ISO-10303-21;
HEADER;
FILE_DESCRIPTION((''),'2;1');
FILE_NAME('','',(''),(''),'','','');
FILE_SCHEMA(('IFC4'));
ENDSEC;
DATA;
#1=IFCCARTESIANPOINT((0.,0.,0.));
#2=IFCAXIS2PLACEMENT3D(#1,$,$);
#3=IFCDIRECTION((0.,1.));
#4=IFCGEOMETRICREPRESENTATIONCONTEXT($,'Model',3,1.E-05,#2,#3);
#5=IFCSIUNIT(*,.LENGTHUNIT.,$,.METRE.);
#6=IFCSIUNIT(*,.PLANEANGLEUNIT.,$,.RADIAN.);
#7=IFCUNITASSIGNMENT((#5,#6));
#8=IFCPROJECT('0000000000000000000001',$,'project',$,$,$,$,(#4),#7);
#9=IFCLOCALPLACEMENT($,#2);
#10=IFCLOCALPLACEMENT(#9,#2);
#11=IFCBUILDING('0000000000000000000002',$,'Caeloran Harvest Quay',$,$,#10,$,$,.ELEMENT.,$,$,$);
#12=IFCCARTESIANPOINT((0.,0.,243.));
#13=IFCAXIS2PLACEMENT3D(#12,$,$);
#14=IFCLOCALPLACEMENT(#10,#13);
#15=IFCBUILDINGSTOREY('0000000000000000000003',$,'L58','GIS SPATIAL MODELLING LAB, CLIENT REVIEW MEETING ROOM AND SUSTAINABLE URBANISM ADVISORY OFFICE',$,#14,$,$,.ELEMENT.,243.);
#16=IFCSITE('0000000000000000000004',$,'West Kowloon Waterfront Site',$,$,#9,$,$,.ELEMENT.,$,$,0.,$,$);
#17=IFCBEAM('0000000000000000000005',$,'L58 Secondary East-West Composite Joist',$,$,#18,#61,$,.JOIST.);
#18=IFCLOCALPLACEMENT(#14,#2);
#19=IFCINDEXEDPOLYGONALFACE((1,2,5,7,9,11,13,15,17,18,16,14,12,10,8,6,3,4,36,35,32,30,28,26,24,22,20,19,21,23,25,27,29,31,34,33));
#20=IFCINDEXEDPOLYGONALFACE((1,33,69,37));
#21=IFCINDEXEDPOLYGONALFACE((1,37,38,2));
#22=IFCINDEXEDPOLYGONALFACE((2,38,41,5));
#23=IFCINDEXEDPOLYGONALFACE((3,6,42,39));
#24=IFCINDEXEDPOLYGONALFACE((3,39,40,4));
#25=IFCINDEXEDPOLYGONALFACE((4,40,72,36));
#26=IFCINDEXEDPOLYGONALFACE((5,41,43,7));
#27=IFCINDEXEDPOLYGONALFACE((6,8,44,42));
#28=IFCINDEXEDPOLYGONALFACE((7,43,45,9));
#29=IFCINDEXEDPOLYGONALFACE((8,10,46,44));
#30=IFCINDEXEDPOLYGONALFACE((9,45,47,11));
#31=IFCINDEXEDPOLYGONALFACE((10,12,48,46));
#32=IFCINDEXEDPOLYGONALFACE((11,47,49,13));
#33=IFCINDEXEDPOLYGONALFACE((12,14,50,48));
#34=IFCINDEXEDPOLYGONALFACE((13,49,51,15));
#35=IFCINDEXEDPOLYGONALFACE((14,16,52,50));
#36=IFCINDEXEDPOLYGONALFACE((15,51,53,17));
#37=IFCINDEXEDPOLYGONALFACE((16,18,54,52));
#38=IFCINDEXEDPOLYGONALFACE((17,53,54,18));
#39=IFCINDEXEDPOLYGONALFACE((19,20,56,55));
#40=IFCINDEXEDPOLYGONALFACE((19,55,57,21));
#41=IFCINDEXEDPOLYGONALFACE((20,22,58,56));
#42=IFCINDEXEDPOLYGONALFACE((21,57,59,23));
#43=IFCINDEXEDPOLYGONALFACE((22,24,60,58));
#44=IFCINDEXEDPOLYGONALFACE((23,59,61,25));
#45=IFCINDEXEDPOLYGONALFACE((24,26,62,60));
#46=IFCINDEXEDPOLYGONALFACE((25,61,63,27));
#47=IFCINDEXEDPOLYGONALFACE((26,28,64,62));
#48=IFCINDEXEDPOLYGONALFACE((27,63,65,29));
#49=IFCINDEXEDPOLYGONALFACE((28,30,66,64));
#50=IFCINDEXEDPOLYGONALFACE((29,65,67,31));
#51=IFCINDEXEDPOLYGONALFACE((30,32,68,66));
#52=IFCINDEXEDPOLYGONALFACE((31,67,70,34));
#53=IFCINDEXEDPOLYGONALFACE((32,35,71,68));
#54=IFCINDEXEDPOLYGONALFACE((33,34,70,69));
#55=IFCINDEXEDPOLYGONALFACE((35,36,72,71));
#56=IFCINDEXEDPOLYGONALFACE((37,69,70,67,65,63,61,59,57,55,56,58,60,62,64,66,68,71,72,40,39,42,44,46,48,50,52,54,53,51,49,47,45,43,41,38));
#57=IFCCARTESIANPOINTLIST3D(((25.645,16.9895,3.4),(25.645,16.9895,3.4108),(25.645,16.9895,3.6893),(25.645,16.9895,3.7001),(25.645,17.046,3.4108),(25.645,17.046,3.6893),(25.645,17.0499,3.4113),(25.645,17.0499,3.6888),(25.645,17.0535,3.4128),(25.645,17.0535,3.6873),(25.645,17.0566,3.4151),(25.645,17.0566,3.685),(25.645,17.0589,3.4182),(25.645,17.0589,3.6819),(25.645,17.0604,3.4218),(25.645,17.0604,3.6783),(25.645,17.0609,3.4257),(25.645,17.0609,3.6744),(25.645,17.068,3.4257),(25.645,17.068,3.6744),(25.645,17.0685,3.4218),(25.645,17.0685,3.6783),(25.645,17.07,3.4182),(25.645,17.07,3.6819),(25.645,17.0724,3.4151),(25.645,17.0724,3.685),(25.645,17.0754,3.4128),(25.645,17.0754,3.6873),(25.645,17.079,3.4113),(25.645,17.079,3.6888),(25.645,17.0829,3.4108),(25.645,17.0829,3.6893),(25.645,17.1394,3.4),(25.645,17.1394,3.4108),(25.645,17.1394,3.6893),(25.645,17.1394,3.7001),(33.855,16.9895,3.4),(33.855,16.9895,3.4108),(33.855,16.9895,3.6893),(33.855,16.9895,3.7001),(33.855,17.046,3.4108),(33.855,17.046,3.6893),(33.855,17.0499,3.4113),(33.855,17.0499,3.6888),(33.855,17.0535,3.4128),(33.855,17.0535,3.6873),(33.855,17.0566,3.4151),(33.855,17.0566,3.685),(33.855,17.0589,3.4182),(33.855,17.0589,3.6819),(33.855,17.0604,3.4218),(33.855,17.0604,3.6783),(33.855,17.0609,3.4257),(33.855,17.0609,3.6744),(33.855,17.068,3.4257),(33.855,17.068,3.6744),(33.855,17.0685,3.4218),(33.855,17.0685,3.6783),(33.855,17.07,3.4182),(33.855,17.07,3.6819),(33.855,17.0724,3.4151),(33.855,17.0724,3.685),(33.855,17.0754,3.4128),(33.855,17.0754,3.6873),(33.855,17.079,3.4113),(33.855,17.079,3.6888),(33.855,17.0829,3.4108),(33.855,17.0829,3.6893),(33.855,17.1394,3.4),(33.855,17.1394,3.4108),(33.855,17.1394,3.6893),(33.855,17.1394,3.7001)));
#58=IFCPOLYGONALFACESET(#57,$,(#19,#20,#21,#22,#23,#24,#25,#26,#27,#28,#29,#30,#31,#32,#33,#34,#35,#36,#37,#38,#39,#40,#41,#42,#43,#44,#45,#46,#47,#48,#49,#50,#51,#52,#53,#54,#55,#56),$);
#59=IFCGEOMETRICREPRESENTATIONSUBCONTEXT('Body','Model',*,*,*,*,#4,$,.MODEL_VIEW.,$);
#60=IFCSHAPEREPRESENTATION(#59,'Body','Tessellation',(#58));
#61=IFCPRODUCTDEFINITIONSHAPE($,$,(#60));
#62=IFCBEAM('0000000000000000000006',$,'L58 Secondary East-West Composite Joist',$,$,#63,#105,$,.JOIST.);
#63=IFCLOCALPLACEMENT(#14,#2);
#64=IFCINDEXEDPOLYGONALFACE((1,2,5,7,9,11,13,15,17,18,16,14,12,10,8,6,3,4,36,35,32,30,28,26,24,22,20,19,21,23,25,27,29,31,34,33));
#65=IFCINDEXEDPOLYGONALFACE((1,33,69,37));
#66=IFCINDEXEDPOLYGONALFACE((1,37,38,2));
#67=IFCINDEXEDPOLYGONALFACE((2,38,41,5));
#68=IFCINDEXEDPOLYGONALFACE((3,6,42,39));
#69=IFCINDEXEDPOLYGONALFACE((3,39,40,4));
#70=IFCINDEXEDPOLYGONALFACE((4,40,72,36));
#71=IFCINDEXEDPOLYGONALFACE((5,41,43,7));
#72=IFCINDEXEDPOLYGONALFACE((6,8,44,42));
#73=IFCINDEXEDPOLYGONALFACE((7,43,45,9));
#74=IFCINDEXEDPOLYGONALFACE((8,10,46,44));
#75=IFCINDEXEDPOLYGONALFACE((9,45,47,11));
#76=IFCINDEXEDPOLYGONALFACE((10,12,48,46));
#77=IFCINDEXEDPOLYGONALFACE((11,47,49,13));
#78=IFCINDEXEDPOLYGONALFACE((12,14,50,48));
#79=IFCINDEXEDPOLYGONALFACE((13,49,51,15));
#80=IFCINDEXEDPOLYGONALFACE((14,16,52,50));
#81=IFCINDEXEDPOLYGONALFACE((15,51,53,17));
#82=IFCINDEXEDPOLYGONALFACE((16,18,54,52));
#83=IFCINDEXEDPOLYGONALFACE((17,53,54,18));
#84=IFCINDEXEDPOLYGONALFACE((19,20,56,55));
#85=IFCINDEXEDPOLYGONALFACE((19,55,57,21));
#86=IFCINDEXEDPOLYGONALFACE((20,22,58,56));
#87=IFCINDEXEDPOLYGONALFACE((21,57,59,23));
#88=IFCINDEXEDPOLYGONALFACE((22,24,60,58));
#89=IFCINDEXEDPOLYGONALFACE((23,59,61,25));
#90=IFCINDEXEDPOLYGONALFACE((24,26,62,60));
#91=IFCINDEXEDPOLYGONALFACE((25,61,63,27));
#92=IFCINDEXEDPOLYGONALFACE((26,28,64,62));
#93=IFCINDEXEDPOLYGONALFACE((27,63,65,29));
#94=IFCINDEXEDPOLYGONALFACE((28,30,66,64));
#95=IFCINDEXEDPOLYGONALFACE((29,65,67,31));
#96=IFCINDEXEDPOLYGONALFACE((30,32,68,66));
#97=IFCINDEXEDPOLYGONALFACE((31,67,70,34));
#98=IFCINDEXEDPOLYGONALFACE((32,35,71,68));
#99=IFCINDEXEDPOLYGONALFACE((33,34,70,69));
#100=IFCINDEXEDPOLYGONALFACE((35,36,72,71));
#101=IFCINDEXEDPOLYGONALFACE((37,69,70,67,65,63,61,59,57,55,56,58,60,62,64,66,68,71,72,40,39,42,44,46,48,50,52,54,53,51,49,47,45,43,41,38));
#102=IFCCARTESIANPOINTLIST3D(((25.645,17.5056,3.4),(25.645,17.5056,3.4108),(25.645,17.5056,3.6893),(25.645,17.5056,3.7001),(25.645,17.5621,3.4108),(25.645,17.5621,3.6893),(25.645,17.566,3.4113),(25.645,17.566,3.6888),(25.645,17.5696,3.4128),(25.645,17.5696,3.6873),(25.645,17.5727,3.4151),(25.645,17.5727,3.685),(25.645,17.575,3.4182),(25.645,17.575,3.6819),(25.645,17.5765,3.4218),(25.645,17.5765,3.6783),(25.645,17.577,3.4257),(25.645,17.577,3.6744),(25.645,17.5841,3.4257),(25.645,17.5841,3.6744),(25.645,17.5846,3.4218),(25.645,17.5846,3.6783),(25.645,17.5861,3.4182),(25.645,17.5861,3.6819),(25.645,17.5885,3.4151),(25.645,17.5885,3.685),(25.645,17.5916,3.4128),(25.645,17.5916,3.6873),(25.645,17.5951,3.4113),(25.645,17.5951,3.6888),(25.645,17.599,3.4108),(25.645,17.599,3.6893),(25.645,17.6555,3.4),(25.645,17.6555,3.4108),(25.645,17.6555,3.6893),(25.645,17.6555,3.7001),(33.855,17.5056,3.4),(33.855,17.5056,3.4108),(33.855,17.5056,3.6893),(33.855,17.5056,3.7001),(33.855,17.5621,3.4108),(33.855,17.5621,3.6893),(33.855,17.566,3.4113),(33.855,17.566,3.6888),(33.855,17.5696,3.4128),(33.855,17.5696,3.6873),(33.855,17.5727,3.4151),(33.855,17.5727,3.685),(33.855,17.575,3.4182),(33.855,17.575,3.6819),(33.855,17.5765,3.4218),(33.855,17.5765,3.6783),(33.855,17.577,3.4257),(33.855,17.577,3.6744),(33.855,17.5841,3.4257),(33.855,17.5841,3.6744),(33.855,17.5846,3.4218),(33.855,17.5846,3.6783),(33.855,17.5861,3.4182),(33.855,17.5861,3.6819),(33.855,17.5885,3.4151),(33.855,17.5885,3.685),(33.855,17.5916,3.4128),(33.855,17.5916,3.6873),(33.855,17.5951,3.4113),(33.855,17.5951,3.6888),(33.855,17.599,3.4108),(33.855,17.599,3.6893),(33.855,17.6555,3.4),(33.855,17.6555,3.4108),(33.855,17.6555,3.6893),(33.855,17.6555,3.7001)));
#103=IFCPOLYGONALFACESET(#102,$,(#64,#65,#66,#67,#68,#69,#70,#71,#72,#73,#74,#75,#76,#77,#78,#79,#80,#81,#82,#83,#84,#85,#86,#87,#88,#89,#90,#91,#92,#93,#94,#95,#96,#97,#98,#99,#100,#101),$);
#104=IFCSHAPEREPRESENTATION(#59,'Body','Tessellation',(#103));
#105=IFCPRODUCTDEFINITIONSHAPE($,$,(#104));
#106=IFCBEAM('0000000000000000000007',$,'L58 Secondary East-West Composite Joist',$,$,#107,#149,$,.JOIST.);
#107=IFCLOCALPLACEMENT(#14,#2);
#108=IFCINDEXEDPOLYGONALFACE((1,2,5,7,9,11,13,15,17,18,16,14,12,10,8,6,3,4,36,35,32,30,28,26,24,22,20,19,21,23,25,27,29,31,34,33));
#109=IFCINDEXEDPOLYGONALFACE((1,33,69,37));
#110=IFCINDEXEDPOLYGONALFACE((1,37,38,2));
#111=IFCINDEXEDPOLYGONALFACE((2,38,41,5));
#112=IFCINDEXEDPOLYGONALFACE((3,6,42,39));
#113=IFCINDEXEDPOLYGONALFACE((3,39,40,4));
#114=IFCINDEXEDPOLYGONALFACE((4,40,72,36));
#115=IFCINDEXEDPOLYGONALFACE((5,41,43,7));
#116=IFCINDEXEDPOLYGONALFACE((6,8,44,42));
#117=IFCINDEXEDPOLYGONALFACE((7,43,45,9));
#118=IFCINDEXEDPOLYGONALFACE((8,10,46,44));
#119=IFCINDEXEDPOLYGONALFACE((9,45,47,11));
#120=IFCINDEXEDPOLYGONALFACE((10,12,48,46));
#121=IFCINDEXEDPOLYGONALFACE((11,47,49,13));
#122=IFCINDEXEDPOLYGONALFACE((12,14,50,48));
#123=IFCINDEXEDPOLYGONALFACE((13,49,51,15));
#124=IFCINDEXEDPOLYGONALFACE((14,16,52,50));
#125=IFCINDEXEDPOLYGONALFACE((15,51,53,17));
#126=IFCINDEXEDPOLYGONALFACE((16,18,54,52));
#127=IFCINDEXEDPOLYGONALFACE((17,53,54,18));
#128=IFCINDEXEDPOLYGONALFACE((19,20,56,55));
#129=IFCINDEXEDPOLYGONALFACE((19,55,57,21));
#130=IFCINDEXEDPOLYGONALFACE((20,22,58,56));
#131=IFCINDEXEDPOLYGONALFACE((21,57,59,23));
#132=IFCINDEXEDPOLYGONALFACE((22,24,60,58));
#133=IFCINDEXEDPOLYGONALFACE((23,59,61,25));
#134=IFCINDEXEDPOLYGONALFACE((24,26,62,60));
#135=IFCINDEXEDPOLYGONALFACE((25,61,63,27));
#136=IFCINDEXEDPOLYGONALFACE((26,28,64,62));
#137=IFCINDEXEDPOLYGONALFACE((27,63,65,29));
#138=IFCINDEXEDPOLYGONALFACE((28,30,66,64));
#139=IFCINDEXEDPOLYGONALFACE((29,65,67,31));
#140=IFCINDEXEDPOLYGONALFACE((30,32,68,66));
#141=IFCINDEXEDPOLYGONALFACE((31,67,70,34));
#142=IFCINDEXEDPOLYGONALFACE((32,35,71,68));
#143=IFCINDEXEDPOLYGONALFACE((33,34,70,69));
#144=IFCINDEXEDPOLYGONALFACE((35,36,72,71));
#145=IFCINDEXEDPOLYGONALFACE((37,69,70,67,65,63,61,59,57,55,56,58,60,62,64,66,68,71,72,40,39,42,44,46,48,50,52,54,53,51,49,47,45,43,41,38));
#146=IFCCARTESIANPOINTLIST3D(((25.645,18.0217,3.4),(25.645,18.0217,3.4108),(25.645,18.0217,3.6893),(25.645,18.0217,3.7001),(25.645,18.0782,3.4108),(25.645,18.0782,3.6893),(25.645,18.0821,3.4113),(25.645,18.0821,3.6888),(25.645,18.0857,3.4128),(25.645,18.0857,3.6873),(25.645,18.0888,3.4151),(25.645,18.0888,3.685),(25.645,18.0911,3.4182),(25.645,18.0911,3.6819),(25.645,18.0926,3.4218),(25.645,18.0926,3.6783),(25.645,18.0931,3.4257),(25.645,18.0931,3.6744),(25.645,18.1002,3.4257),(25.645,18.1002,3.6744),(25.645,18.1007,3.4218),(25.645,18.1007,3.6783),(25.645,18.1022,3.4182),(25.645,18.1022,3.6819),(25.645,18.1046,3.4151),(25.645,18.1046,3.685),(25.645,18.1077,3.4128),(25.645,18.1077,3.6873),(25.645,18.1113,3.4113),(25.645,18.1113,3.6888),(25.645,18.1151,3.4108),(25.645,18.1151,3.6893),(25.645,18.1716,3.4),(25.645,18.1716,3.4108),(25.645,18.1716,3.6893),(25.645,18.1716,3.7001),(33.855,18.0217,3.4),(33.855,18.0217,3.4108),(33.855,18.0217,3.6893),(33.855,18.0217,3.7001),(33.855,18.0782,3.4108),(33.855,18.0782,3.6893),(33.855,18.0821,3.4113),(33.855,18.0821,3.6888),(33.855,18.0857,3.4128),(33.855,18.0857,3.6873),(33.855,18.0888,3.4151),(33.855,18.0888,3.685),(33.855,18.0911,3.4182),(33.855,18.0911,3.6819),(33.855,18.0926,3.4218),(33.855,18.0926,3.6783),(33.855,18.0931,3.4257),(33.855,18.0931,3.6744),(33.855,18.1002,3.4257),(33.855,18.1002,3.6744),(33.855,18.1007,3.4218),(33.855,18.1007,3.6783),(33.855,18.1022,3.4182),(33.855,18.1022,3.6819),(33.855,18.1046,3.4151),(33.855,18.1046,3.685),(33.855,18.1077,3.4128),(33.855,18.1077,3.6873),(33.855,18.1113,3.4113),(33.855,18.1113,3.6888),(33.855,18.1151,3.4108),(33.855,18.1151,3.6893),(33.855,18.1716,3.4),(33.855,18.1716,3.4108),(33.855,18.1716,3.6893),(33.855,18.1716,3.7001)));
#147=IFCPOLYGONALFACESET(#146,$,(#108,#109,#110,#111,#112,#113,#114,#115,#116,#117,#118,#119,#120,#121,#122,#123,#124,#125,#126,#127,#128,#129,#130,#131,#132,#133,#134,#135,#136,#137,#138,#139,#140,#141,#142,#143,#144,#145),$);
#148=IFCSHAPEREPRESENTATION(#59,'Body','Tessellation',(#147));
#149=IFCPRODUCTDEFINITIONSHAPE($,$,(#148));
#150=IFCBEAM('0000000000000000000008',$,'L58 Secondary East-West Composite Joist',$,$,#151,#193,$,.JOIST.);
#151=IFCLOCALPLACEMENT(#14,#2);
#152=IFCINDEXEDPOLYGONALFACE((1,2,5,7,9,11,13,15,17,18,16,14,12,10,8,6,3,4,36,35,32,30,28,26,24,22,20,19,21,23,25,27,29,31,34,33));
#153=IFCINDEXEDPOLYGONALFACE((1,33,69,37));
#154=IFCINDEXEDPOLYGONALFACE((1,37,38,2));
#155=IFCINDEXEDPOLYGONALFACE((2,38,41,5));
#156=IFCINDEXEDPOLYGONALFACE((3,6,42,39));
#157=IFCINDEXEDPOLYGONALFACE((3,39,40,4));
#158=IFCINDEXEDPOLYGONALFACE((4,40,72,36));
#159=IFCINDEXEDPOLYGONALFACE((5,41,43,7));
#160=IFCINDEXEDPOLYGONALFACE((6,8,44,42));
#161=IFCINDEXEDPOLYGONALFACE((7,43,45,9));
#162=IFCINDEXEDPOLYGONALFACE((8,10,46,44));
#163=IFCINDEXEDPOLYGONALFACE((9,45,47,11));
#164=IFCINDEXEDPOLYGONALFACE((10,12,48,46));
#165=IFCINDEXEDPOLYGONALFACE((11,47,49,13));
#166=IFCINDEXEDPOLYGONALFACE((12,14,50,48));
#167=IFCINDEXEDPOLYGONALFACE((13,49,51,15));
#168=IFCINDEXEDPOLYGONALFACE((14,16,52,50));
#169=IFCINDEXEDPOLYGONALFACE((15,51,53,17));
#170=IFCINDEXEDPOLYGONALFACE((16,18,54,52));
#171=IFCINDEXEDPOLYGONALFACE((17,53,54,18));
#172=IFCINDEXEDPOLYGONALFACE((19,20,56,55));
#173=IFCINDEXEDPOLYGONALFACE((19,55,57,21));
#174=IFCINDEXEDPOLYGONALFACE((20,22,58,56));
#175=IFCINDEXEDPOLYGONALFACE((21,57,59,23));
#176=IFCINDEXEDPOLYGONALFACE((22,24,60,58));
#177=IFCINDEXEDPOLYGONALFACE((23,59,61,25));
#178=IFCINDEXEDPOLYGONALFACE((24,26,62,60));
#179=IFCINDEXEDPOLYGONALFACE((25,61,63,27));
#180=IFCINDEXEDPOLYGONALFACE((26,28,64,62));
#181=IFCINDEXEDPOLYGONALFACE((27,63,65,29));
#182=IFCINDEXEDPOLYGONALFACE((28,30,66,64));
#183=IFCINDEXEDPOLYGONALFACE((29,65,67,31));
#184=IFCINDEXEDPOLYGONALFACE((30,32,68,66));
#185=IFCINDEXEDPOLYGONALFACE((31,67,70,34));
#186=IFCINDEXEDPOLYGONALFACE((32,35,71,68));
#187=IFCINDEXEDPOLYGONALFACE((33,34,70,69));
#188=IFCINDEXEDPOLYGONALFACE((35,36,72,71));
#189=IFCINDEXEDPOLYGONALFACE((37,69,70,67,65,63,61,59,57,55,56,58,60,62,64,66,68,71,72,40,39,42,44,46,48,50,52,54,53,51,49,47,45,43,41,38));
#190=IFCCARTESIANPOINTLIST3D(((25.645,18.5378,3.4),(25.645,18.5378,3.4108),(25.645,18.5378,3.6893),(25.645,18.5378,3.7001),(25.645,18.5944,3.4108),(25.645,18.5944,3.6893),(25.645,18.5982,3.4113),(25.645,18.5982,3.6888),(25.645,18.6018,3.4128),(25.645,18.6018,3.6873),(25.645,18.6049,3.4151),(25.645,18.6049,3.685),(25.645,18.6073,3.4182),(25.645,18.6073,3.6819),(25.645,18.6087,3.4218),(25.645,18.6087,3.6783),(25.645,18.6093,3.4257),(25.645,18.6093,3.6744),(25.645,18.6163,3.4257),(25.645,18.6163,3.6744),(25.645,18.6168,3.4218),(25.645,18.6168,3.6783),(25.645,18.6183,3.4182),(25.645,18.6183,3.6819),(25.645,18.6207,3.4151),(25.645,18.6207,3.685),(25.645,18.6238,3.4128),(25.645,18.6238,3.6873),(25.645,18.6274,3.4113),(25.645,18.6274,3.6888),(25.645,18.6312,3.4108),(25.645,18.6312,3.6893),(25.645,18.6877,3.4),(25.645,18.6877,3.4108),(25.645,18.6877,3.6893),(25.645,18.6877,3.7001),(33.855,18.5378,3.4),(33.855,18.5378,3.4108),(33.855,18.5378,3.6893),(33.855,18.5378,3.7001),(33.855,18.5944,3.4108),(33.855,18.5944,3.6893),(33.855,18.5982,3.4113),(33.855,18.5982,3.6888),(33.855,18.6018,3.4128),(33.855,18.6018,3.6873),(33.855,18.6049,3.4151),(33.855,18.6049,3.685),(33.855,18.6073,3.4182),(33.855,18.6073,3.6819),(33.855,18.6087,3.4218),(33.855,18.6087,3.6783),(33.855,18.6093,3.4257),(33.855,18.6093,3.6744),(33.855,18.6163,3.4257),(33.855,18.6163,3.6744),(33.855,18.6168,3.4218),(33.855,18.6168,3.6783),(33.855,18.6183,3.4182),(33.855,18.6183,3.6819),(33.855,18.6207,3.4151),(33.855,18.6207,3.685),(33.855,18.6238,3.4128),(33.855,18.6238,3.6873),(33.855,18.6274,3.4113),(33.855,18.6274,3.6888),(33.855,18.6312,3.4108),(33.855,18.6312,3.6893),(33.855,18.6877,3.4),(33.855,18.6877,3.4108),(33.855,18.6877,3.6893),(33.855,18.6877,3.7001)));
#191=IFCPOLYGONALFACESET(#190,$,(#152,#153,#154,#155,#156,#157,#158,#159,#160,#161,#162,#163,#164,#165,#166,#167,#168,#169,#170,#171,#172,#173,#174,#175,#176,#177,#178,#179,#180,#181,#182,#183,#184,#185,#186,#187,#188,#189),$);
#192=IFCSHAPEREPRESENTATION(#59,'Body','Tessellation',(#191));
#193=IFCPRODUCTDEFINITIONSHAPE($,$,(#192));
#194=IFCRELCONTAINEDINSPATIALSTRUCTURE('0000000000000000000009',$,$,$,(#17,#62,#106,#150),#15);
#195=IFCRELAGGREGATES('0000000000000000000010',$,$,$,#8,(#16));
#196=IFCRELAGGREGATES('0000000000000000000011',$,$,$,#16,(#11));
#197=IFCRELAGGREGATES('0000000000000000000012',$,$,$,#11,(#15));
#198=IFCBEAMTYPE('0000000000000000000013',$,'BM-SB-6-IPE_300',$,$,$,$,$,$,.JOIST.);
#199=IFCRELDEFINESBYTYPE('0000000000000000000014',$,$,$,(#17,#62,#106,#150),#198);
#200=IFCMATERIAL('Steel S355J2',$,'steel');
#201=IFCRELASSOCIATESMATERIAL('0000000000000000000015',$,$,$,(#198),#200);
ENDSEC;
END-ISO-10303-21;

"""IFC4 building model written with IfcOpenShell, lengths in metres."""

from ifc_helpers import new_model, si_unit, direction, frame, origin, origin_2d, place, context, subcontext, project, spatial, i_section, extrude, material, material_profile, profile_set, type_object, element, save


model = new_model("IFC4")

# Units and contexts
model_context = context("Model", 3, precision=1e-05, world=origin(), true_north=direction((0.0, 1.0)))
body_context = subcontext(model_context, "Body", "Model", "MODEL_VIEW")
ifc_project = project(units=[si_unit("LENGTHUNIT", "METRE"), si_unit("PLANEANGLEUNIT", "RADIAN")], contexts=[model_context])

# Site, building, storey
site_placement = place(None, origin())
site = spatial("IfcSite", under=ifc_project, at=site_placement, Name="West Kowloon Waterfront Site", CompositionType="ELEMENT", RefElevation=0.0)
building_placement = place(site_placement, origin())
building = spatial("IfcBuilding", under=site, at=building_placement, Name="Caeloran Harvest Quay", CompositionType="ELEMENT")
storey_placement = place(building_placement, frame((0.0, 0.0, 243.0)))
storey = spatial("IfcBuildingStorey", under=building, at=storey_placement, Name="L58", Description="GIS SPATIAL MODELLING LAB, CLIENT REVIEW MEETING ROOM AND SUSTAINABLE URBANISM ADVISORY OFFICE", CompositionType="ELEMENT", Elevation=243.0)

# Beams
ifc_material_1 = material(Name="Steel S355J2", Category="steel")
ifc_material_profile_1 = material_profile(ifc_material_1, i_section(OverallWidth=0.1499, OverallDepth=0.3, WebThickness=0.0071, FlangeThickness=0.0107, FilletRadius=0.0149, at=origin_2d()), Name="IPE 300")
ifc_profile_set_1 = profile_set([ifc_material_profile_1], Name="Steel S355J2")
beam_type_1 = type_object("IfcBeamType", Name="BM-SB-6-IPE_300", PredefinedType="JOIST", material=ifc_profile_set_1)
for number, where, z_axis, x_axis, name in (
    (1, (25.645, 17.0645, 3.55), (1.0, 0.0, 0.0), (0.0, 1.0, 0.0), "L58 Secondary East-West Composite Joist"),
    (2, (25.645, 17.5806, 3.55), (1.0, 0.0, 0.0), (0.0, 1.0, 0.0), "L58 Secondary East-West Composite Joist"),
    (3, (25.645, 18.0967, 3.55), (1.0, 0.0, 0.0), (0.0, 1.0, 0.0), "L58 Secondary East-West Composite Joist"),
    (4, (25.645, 18.6128, 3.55), (1.0, 0.0, 0.0), (0.0, 1.0, 0.0), "L58 Secondary East-West Composite Joist"),
):
    element("IfcBeam", number, at=place(storey_placement, frame(where, z_axis=z_axis, x_axis=x_axis)), inside=storey, type_object=beam_type_1, Name=name, PredefinedType="JOIST", context=body_context, shape_type="SweptSolid", body=[
        extrude(i_section(OverallWidth=0.1499, OverallDepth=0.3, WebThickness=0.0071, FlangeThickness=0.0107, FilletRadius=0.0149, at=origin_2d()), origin(), (0.0, 0.0, 1.0), 8.21),
    ])

save(model, "model.ifc")
